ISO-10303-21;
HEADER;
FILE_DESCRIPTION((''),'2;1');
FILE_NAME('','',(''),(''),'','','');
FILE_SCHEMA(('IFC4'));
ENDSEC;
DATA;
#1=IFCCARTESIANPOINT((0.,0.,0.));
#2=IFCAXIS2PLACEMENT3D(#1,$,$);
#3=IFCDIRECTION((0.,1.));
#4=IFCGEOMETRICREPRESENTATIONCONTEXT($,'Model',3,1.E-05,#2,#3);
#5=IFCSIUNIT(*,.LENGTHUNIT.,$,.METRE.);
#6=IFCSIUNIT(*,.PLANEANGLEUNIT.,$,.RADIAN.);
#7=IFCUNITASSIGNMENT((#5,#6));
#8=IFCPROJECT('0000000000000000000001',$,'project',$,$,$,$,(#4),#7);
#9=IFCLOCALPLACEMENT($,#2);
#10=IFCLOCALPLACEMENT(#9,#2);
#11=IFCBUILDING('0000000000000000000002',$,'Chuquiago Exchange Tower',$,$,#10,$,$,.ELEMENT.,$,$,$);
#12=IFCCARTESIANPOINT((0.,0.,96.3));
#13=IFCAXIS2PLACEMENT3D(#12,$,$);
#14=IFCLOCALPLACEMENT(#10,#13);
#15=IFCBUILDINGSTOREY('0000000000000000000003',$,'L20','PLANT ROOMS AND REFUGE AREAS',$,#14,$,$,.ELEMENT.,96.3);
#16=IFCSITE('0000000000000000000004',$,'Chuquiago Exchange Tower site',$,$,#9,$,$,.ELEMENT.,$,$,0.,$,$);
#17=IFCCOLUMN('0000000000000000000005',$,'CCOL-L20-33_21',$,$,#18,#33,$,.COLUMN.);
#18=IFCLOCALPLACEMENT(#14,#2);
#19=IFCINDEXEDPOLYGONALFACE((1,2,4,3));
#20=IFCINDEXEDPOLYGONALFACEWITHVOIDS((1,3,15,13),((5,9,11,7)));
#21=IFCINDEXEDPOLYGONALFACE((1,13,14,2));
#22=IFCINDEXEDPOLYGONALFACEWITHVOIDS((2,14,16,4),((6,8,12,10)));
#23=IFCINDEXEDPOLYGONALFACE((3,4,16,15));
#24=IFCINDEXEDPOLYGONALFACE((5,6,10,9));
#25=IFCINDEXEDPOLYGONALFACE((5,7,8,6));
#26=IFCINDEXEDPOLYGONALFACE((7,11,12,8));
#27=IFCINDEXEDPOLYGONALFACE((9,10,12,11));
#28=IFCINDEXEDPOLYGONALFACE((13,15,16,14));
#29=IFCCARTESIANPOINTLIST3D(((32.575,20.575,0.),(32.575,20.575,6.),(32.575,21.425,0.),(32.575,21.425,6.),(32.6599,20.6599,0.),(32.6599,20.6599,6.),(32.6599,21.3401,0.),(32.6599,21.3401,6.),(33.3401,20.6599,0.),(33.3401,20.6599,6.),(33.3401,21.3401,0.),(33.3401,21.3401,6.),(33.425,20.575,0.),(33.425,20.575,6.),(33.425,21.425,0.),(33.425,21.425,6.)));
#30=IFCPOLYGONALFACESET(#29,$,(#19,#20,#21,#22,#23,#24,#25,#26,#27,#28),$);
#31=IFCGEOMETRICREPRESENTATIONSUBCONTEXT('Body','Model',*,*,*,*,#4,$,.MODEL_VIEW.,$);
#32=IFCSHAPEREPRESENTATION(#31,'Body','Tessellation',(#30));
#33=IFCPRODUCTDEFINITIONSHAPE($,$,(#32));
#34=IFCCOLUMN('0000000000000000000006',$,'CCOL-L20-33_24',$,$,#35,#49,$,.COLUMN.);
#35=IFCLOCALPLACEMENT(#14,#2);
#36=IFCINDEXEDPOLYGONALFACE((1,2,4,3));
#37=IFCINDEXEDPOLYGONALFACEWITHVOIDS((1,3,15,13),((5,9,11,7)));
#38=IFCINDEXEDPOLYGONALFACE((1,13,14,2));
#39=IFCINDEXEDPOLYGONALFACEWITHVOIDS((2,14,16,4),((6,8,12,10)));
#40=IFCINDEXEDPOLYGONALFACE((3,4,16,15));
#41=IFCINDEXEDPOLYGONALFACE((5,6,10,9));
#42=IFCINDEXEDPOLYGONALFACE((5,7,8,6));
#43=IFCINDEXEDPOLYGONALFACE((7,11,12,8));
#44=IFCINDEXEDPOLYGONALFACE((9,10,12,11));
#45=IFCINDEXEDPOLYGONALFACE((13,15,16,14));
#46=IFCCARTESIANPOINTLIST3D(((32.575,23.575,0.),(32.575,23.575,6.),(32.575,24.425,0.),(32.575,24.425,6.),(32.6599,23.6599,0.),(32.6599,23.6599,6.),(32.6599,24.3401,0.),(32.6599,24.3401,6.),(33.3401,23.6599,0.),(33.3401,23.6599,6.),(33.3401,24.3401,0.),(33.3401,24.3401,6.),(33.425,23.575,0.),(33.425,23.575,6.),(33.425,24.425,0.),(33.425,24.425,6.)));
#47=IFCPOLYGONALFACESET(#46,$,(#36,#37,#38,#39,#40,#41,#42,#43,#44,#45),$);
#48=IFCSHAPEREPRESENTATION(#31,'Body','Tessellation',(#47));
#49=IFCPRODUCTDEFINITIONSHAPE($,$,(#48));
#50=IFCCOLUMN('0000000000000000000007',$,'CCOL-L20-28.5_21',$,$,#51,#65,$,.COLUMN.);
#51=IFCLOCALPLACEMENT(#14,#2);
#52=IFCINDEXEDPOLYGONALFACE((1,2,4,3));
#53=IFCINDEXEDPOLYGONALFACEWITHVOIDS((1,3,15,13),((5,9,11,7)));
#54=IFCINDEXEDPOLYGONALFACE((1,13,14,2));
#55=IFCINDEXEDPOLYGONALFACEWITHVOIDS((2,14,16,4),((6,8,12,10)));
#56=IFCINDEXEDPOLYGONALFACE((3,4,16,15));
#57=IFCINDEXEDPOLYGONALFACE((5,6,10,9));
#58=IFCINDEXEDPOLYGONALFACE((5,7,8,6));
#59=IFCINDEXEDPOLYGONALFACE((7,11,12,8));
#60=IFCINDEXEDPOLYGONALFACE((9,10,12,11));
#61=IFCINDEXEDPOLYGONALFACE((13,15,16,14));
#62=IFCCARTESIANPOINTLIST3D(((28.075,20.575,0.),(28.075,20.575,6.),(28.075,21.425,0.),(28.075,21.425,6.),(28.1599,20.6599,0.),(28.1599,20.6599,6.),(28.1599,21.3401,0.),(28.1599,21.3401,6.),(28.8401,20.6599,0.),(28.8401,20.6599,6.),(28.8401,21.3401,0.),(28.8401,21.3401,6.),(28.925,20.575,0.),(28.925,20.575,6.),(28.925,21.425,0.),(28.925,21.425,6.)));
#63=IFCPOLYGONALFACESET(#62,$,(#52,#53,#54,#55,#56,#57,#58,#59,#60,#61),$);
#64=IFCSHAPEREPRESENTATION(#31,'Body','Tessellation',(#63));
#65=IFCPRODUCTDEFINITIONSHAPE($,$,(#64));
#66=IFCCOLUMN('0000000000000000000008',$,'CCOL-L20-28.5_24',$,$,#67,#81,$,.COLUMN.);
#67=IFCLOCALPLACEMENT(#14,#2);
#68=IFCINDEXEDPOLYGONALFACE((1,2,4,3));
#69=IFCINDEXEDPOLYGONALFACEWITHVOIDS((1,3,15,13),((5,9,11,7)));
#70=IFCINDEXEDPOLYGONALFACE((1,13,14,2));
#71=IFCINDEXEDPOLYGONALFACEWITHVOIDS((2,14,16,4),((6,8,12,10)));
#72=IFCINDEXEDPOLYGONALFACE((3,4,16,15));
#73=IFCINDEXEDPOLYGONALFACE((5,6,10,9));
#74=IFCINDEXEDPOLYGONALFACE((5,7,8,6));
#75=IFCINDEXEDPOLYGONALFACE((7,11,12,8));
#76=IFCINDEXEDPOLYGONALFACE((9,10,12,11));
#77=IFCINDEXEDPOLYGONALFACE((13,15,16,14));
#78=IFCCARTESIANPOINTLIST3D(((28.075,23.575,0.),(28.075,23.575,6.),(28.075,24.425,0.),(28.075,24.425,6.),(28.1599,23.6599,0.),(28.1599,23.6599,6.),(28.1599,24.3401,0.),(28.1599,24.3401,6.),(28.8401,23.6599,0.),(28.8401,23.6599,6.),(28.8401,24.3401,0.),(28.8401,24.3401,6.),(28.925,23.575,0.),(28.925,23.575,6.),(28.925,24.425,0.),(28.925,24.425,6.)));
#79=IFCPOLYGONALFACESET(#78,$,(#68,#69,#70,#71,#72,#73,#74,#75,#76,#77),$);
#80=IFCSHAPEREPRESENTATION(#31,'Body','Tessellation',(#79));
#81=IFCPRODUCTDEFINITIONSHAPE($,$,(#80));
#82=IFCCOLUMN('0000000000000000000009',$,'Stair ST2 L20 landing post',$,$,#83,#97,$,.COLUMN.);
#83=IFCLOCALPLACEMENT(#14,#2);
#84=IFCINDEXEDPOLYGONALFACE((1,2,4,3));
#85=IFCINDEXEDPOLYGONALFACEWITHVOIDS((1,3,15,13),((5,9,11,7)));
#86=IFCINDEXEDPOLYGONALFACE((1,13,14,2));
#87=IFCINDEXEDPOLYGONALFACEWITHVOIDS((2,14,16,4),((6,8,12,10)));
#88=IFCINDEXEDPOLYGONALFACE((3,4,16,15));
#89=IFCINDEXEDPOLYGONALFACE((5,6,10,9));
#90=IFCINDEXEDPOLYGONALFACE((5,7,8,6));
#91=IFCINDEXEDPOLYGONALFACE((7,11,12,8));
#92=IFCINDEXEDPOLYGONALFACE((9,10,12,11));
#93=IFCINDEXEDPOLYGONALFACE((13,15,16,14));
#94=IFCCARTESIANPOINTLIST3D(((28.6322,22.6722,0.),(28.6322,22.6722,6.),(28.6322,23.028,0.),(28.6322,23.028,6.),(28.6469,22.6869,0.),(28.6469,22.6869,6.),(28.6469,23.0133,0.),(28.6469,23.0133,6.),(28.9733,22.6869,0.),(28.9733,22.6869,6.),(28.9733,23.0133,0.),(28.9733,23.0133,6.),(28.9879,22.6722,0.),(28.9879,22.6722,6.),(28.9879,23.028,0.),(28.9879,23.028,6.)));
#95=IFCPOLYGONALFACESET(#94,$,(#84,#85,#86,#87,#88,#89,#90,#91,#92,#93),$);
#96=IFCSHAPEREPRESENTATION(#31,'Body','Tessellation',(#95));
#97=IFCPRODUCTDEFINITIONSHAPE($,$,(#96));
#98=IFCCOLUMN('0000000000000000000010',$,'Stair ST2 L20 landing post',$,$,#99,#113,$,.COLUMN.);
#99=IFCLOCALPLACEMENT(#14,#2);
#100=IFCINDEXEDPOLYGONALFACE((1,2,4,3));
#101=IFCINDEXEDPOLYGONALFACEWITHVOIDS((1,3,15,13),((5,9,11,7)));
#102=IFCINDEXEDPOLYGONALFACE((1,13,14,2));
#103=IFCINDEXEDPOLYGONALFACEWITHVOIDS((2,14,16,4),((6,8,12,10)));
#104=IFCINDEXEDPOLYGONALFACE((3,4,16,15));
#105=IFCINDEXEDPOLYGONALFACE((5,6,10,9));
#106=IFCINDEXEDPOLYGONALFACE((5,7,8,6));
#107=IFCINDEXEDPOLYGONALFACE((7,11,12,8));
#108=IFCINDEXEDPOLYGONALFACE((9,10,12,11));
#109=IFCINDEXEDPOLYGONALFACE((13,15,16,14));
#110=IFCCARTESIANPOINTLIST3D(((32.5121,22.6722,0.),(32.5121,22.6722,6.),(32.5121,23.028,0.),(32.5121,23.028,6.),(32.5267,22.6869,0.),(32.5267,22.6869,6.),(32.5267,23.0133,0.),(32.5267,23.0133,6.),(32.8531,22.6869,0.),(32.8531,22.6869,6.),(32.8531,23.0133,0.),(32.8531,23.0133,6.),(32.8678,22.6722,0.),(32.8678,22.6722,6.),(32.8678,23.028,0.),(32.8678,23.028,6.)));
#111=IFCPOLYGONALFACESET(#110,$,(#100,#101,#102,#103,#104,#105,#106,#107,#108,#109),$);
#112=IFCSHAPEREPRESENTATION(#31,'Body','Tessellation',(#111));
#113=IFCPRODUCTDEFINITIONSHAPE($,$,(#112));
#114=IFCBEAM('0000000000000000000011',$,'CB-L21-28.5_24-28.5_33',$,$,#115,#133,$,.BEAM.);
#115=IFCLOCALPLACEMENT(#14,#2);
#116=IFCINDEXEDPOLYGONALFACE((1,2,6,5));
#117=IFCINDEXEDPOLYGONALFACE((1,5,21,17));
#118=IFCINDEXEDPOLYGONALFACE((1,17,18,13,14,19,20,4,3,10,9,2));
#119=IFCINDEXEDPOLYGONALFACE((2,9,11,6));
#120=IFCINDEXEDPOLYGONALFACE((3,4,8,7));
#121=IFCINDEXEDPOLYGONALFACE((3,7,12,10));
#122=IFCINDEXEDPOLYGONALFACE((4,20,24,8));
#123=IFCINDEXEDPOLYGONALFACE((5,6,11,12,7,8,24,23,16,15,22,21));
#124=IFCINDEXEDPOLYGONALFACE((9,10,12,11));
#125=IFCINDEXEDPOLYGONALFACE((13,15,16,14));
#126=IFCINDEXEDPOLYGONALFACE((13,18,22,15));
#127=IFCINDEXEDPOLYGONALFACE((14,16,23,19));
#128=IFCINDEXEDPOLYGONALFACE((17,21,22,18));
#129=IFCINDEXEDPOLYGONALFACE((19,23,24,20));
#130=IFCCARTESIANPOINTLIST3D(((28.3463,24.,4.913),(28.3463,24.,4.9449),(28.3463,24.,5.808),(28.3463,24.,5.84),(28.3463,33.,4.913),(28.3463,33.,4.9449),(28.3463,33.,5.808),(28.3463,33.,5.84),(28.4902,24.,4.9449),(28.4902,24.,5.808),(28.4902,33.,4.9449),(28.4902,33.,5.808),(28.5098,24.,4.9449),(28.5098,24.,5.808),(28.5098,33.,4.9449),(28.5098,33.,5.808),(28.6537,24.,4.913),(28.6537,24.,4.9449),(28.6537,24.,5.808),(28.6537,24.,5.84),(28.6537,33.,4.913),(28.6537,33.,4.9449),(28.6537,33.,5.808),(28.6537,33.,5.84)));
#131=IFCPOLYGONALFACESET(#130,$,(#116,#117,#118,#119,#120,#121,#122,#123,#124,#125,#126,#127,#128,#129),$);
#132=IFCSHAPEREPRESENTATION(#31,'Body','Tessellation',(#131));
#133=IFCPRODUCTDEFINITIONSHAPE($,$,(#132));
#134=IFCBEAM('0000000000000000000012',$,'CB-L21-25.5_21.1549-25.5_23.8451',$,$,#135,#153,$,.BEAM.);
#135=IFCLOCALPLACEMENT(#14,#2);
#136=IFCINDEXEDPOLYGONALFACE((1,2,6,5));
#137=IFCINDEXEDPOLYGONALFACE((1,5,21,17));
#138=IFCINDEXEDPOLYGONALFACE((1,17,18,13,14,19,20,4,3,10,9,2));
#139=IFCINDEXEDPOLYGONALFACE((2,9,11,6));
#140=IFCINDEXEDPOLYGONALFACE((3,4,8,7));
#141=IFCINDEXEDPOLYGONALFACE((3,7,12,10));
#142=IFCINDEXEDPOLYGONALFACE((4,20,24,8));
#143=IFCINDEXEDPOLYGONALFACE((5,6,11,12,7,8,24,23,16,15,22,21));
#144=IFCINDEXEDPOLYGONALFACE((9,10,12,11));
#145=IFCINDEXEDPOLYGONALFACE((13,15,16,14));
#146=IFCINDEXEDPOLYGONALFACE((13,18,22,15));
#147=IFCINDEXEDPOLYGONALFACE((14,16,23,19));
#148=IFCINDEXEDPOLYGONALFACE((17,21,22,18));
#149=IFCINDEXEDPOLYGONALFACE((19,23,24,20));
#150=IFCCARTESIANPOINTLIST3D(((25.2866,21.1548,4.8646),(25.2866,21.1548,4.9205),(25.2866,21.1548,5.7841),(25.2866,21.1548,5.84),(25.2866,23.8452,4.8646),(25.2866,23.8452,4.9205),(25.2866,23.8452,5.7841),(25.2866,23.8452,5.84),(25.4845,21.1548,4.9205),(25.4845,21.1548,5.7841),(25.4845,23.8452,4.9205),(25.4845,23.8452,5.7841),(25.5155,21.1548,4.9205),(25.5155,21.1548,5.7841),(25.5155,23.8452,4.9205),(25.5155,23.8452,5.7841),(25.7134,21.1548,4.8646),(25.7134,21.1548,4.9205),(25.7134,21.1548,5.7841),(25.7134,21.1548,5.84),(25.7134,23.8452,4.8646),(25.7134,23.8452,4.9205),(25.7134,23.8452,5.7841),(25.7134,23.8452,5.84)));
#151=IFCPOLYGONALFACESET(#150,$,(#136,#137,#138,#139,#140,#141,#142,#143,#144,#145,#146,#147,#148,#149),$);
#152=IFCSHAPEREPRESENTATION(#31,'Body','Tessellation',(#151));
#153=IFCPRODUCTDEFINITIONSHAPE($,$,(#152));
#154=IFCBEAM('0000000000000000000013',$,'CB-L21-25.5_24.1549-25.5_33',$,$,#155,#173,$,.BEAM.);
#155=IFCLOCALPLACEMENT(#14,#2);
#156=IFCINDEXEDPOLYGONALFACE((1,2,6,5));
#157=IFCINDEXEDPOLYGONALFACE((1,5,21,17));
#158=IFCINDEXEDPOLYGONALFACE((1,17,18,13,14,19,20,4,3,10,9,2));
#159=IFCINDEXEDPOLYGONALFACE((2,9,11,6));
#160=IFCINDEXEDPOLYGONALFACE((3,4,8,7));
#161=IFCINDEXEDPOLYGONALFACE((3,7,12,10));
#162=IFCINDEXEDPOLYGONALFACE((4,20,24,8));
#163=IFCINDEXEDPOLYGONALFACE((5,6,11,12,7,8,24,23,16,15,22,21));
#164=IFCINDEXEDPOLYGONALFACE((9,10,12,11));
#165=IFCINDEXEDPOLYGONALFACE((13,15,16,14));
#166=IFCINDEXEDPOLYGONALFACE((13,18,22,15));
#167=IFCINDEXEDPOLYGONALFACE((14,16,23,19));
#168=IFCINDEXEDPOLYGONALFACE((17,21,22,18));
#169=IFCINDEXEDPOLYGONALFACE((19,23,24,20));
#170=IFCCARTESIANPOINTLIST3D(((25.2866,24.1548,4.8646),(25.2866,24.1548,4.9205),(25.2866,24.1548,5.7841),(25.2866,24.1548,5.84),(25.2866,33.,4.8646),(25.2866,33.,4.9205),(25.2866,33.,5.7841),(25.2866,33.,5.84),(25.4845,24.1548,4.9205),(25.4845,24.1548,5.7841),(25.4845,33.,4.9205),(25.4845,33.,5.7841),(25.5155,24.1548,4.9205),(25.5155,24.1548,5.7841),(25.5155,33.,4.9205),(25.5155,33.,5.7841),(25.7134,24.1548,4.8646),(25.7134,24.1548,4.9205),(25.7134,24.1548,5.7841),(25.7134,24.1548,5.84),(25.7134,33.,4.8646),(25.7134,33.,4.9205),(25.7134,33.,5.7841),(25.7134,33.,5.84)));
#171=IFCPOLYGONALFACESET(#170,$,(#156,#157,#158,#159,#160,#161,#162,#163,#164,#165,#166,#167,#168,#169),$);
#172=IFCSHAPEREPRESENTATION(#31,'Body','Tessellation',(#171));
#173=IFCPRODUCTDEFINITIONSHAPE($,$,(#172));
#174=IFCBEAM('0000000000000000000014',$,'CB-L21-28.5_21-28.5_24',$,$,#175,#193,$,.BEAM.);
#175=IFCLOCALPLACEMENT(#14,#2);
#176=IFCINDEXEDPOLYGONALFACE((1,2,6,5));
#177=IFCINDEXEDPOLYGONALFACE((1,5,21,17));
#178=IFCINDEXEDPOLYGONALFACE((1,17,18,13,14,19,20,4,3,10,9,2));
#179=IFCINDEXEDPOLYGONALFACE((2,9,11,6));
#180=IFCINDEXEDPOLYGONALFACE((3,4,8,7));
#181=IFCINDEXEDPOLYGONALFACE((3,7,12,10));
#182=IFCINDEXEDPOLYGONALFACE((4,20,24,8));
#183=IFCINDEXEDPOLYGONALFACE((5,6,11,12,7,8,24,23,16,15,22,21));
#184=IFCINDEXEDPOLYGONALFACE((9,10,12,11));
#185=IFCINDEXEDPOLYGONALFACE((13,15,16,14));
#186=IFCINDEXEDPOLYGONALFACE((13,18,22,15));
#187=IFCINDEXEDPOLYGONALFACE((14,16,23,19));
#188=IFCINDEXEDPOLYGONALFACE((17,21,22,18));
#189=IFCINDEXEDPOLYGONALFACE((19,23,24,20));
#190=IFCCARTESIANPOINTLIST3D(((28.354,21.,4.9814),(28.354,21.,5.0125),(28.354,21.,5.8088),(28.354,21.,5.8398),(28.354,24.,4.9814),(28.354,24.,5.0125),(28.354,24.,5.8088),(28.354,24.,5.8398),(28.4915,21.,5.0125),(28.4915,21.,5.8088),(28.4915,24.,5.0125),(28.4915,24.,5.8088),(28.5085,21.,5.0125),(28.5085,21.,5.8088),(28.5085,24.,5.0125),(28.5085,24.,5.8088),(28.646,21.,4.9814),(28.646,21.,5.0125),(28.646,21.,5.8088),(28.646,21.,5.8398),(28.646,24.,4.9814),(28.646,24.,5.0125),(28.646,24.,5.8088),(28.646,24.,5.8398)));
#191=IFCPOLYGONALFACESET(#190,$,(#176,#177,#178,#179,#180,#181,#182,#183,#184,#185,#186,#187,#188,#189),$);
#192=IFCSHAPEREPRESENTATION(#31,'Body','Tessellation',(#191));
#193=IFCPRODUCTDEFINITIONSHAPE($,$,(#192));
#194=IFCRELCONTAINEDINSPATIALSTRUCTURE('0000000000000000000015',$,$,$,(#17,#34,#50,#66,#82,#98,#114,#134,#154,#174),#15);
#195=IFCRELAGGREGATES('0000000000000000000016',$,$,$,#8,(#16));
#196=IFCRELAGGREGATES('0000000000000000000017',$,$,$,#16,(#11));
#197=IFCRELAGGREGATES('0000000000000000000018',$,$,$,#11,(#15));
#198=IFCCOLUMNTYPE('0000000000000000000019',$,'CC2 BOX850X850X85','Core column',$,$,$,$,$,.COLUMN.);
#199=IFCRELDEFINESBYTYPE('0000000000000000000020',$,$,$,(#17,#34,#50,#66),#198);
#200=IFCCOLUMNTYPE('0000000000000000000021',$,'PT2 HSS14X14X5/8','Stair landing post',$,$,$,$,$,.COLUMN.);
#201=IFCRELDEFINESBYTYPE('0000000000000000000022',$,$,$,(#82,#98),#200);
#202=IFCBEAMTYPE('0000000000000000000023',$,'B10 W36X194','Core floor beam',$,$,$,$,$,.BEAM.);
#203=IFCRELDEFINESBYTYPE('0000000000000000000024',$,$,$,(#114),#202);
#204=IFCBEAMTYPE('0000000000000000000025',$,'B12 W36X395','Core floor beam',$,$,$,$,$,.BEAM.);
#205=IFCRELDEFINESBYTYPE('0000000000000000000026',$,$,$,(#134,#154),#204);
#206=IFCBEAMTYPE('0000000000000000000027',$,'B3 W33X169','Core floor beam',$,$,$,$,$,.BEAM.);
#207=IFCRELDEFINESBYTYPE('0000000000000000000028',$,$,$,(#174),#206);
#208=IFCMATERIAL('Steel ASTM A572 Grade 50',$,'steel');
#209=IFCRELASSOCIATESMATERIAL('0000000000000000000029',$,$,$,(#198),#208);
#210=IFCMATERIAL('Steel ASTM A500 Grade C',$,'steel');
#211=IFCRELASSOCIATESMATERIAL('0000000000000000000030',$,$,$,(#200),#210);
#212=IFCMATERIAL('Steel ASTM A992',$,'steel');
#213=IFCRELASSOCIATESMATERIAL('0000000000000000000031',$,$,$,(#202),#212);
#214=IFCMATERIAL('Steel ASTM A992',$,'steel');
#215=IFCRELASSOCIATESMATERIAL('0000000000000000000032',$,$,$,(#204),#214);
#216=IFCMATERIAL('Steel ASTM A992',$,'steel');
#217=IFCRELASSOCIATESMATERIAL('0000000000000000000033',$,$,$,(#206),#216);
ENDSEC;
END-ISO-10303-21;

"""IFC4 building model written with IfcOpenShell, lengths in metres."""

from ifc_helpers import new_model, si_unit, direction, frame, origin, origin_2d, place, context, subcontext, project, spatial, hollow_rectangle, i_section, extrude, material, material_profile, profile_set, type_object, element, save


model = new_model("IFC4")

# Units and contexts
model_context = context("Model", 3, precision=1e-05, world=origin(), true_north=direction((0.0, 1.0)))
body_context = subcontext(model_context, "Body", "Model", "MODEL_VIEW")
ifc_project = project(units=[si_unit("LENGTHUNIT", "METRE"), si_unit("PLANEANGLEUNIT", "RADIAN")], contexts=[model_context])

# Site, building, storey
site_placement = place(None, origin())
site = spatial("IfcSite", under=ifc_project, at=site_placement, Name="Chuquiago Exchange Tower site", CompositionType="ELEMENT", RefElevation=0.0)
building_placement = place(site_placement, origin())
building = spatial("IfcBuilding", under=site, at=building_placement, Name="Chuquiago Exchange Tower", CompositionType="ELEMENT")
storey_placement = place(building_placement, frame((0.0, 0.0, 96.3)))
storey = spatial("IfcBuildingStorey", under=building, at=storey_placement, Name="L20", Description="PLANT ROOMS AND REFUGE AREAS", CompositionType="ELEMENT", Elevation=96.3)

# Columns
ifc_material_1 = material(Name="Steel ASTM A572 Grade 50", Category="steel")
ifc_material_profile_1 = material_profile(ifc_material_1, hollow_rectangle(XDim=0.8501, YDim=0.8501, WallThickness=0.085, at=origin_2d()), Name="BOX850X850X85")
ifc_profile_set_1 = profile_set([ifc_material_profile_1], Name="Steel ASTM A572 Grade 50")
column_type_1 = type_object("IfcColumnType", Name="CC2 BOX850X850X85", Description="Core column", PredefinedType="COLUMN", material=ifc_profile_set_1)
for number, where, z_axis, x_axis, name in (
    (1, (33.0, 21.0, 0.0), (0.0, 0.0, 1.0), (1.0, 0.0, 0.0), "CCOL-L20-33_21"),
    (2, (33.0, 24.0, 0.0), (0.0, 0.0, 1.0), (1.0, 0.0, 0.0), "CCOL-L20-33_24"),
    (3, (28.5, 21.0, 0.0), (0.0, 0.0, 1.0), (1.0, 0.0, 0.0), "CCOL-L20-28.5_21"),
    (4, (28.5, 24.0, 0.0), (0.0, 0.0, 1.0), (1.0, 0.0, 0.0), "CCOL-L20-28.5_24"),
):
    element("IfcColumn", number, at=place(storey_placement, frame(where, z_axis=z_axis, x_axis=x_axis)), inside=storey, type_object=column_type_1, Name=name, PredefinedType="COLUMN", context=body_context, shape_type="SweptSolid", body=[
        extrude(hollow_rectangle(XDim=0.8501, YDim=0.8501, WallThickness=0.085, at=origin_2d()), origin(), (0.0, 0.0, 1.0), 6.0),
    ])
ifc_material_2 = material(Name="Steel ASTM A500 Grade C", Category="steel")
ifc_material_profile_2 = material_profile(ifc_material_2, hollow_rectangle(XDim=0.3557, YDim=0.3557, WallThickness=0.0146, at=origin_2d()), Name="HSS14X14X5/8")
ifc_profile_set_2 = profile_set([ifc_material_profile_2], Name="Steel ASTM A500 Grade C")
column_type_2 = type_object("IfcColumnType", Name="PT2 HSS14X14X5/8", Description="Stair landing post", PredefinedType="COLUMN", material=ifc_profile_set_2)
for number, where, z_axis, x_axis, name in (
    (5, (28.8101, 22.8501, 0.0), (0.0, 0.0, 1.0), (1.0, 0.0, 0.0), "Stair ST2 L20 landing post"),
    (6, (32.6899, 22.8501, 0.0), (0.0, 0.0, 1.0), (1.0, 0.0, 0.0), "Stair ST2 L20 landing post"),
):
    element("IfcColumn", number, at=place(storey_placement, frame(where, z_axis=z_axis, x_axis=x_axis)), inside=storey, type_object=column_type_2, Name=name, PredefinedType="COLUMN", context=body_context, shape_type="SweptSolid", body=[
        extrude(hollow_rectangle(XDim=0.3557, YDim=0.3557, WallThickness=0.0146, at=origin_2d()), origin(), (0.0, 0.0, 1.0), 6.0),
    ])

# Beams
ifc_material_3 = material(Name="Steel ASTM A992", Category="steel")
ifc_material_profile_3 = material_profile(ifc_material_3, i_section(OverallWidth=0.3074, OverallDepth=0.927, WebThickness=0.0195, FlangeThickness=0.032, at=origin_2d()), Name="W36X194")
ifc_profile_set_3 = profile_set([ifc_material_profile_3], Name="Steel ASTM A992")
beam_type_1 = type_object("IfcBeamType", Name="B10 W36X194", Description="Core floor beam", PredefinedType="BEAM", material=ifc_profile_set_3)
beam_1_placement = place(storey_placement, frame((28.5, 24.0, 5.3765), z_axis=(0.0, 1.0, 0.0), x_axis=(-1.0, 0.0, 0.0)))
element("IfcBeam", 7, at=beam_1_placement, inside=storey, type_object=beam_type_1, Name="CB-L21-28.5_24-28.5_33", PredefinedType="BEAM", context=body_context, shape_type="SweptSolid", body=[
    extrude(i_section(OverallWidth=0.3074, OverallDepth=0.927, WebThickness=0.0195, FlangeThickness=0.032, at=origin_2d()), origin(), (0.0, 0.0, 1.0), 9.0),
])
ifc_material_4 = material(Name="Steel ASTM A992", Category="steel")
ifc_material_profile_4 = material_profile(ifc_material_4, i_section(OverallWidth=0.4268, OverallDepth=0.9753, WebThickness=0.031, FlangeThickness=0.0559, at=origin_2d()), Name="W36X395")
ifc_profile_set_4 = profile_set([ifc_material_profile_4], Name="Steel ASTM A992")
beam_type_2 = type_object("IfcBeamType", Name="B12 W36X395", Description="Core floor beam", PredefinedType="BEAM", material=ifc_profile_set_4)
beam_2_placement = place(storey_placement, frame((25.5, 21.1548, 5.3523), z_axis=(0.0, 1.0, 0.0), x_axis=(-1.0, 0.0, 0.0)))
element("IfcBeam", 8, at=beam_2_placement, inside=storey, type_object=beam_type_2, Name="CB-L21-25.5_21.1549-25.5_23.8451", PredefinedType="BEAM", context=body_context, shape_type="SweptSolid", body=[
    extrude(i_section(OverallWidth=0.4268, OverallDepth=0.9753, WebThickness=0.031, FlangeThickness=0.0559, at=origin_2d()), origin(), (0.0, 0.0, 1.0), 2.6904),
])
beam_3_placement = place(storey_placement, frame((25.5, 24.1548, 5.3523), z_axis=(0.0, 1.0, 0.0), x_axis=(-1.0, 0.0, 0.0)))
element("IfcBeam", 9, at=beam_3_placement, inside=storey, type_object=beam_type_2, Name="CB-L21-25.5_24.1549-25.5_33", PredefinedType="BEAM", context=body_context, shape_type="SweptSolid", body=[
    extrude(i_section(OverallWidth=0.4268, OverallDepth=0.9753, WebThickness=0.031, FlangeThickness=0.0559, at=origin_2d()), origin(), (0.0, 0.0, 1.0), 8.8452),
])
ifc_material_5 = material(Name="Steel ASTM A992", Category="steel")
ifc_material_profile_5 = material_profile(ifc_material_5, i_section(OverallWidth=0.292, OverallDepth=0.8584, WebThickness=0.0171, FlangeThickness=0.031, at=origin_2d()), Name="W33X169")
ifc_profile_set_5 = profile_set([ifc_material_profile_5], Name="Steel ASTM A992")
beam_type_3 = type_object("IfcBeamType", Name="B3 W33X169", Description="Core floor beam", PredefinedType="BEAM", material=ifc_profile_set_5)
for number, where, z_axis, x_axis, name in (
    (10, (28.5, 21.0, 5.4106), (0.0, 1.0, 0.0), (-1.0, 0.0, 0.0), "CB-L21-28.5_21-28.5_24"),
):
    element("IfcBeam", number, at=place(storey_placement, frame(where, z_axis=z_axis, x_axis=x_axis)), inside=storey, type_object=beam_type_3, Name=name, PredefinedType="BEAM", context=body_context, shape_type="SweptSolid", body=[
        extrude(i_section(OverallWidth=0.292, OverallDepth=0.8584, WebThickness=0.0171, FlangeThickness=0.031, at=origin_2d()), origin(), (0.0, 0.0, 1.0), 3.0),
    ])

save(model, "model.ifc")
